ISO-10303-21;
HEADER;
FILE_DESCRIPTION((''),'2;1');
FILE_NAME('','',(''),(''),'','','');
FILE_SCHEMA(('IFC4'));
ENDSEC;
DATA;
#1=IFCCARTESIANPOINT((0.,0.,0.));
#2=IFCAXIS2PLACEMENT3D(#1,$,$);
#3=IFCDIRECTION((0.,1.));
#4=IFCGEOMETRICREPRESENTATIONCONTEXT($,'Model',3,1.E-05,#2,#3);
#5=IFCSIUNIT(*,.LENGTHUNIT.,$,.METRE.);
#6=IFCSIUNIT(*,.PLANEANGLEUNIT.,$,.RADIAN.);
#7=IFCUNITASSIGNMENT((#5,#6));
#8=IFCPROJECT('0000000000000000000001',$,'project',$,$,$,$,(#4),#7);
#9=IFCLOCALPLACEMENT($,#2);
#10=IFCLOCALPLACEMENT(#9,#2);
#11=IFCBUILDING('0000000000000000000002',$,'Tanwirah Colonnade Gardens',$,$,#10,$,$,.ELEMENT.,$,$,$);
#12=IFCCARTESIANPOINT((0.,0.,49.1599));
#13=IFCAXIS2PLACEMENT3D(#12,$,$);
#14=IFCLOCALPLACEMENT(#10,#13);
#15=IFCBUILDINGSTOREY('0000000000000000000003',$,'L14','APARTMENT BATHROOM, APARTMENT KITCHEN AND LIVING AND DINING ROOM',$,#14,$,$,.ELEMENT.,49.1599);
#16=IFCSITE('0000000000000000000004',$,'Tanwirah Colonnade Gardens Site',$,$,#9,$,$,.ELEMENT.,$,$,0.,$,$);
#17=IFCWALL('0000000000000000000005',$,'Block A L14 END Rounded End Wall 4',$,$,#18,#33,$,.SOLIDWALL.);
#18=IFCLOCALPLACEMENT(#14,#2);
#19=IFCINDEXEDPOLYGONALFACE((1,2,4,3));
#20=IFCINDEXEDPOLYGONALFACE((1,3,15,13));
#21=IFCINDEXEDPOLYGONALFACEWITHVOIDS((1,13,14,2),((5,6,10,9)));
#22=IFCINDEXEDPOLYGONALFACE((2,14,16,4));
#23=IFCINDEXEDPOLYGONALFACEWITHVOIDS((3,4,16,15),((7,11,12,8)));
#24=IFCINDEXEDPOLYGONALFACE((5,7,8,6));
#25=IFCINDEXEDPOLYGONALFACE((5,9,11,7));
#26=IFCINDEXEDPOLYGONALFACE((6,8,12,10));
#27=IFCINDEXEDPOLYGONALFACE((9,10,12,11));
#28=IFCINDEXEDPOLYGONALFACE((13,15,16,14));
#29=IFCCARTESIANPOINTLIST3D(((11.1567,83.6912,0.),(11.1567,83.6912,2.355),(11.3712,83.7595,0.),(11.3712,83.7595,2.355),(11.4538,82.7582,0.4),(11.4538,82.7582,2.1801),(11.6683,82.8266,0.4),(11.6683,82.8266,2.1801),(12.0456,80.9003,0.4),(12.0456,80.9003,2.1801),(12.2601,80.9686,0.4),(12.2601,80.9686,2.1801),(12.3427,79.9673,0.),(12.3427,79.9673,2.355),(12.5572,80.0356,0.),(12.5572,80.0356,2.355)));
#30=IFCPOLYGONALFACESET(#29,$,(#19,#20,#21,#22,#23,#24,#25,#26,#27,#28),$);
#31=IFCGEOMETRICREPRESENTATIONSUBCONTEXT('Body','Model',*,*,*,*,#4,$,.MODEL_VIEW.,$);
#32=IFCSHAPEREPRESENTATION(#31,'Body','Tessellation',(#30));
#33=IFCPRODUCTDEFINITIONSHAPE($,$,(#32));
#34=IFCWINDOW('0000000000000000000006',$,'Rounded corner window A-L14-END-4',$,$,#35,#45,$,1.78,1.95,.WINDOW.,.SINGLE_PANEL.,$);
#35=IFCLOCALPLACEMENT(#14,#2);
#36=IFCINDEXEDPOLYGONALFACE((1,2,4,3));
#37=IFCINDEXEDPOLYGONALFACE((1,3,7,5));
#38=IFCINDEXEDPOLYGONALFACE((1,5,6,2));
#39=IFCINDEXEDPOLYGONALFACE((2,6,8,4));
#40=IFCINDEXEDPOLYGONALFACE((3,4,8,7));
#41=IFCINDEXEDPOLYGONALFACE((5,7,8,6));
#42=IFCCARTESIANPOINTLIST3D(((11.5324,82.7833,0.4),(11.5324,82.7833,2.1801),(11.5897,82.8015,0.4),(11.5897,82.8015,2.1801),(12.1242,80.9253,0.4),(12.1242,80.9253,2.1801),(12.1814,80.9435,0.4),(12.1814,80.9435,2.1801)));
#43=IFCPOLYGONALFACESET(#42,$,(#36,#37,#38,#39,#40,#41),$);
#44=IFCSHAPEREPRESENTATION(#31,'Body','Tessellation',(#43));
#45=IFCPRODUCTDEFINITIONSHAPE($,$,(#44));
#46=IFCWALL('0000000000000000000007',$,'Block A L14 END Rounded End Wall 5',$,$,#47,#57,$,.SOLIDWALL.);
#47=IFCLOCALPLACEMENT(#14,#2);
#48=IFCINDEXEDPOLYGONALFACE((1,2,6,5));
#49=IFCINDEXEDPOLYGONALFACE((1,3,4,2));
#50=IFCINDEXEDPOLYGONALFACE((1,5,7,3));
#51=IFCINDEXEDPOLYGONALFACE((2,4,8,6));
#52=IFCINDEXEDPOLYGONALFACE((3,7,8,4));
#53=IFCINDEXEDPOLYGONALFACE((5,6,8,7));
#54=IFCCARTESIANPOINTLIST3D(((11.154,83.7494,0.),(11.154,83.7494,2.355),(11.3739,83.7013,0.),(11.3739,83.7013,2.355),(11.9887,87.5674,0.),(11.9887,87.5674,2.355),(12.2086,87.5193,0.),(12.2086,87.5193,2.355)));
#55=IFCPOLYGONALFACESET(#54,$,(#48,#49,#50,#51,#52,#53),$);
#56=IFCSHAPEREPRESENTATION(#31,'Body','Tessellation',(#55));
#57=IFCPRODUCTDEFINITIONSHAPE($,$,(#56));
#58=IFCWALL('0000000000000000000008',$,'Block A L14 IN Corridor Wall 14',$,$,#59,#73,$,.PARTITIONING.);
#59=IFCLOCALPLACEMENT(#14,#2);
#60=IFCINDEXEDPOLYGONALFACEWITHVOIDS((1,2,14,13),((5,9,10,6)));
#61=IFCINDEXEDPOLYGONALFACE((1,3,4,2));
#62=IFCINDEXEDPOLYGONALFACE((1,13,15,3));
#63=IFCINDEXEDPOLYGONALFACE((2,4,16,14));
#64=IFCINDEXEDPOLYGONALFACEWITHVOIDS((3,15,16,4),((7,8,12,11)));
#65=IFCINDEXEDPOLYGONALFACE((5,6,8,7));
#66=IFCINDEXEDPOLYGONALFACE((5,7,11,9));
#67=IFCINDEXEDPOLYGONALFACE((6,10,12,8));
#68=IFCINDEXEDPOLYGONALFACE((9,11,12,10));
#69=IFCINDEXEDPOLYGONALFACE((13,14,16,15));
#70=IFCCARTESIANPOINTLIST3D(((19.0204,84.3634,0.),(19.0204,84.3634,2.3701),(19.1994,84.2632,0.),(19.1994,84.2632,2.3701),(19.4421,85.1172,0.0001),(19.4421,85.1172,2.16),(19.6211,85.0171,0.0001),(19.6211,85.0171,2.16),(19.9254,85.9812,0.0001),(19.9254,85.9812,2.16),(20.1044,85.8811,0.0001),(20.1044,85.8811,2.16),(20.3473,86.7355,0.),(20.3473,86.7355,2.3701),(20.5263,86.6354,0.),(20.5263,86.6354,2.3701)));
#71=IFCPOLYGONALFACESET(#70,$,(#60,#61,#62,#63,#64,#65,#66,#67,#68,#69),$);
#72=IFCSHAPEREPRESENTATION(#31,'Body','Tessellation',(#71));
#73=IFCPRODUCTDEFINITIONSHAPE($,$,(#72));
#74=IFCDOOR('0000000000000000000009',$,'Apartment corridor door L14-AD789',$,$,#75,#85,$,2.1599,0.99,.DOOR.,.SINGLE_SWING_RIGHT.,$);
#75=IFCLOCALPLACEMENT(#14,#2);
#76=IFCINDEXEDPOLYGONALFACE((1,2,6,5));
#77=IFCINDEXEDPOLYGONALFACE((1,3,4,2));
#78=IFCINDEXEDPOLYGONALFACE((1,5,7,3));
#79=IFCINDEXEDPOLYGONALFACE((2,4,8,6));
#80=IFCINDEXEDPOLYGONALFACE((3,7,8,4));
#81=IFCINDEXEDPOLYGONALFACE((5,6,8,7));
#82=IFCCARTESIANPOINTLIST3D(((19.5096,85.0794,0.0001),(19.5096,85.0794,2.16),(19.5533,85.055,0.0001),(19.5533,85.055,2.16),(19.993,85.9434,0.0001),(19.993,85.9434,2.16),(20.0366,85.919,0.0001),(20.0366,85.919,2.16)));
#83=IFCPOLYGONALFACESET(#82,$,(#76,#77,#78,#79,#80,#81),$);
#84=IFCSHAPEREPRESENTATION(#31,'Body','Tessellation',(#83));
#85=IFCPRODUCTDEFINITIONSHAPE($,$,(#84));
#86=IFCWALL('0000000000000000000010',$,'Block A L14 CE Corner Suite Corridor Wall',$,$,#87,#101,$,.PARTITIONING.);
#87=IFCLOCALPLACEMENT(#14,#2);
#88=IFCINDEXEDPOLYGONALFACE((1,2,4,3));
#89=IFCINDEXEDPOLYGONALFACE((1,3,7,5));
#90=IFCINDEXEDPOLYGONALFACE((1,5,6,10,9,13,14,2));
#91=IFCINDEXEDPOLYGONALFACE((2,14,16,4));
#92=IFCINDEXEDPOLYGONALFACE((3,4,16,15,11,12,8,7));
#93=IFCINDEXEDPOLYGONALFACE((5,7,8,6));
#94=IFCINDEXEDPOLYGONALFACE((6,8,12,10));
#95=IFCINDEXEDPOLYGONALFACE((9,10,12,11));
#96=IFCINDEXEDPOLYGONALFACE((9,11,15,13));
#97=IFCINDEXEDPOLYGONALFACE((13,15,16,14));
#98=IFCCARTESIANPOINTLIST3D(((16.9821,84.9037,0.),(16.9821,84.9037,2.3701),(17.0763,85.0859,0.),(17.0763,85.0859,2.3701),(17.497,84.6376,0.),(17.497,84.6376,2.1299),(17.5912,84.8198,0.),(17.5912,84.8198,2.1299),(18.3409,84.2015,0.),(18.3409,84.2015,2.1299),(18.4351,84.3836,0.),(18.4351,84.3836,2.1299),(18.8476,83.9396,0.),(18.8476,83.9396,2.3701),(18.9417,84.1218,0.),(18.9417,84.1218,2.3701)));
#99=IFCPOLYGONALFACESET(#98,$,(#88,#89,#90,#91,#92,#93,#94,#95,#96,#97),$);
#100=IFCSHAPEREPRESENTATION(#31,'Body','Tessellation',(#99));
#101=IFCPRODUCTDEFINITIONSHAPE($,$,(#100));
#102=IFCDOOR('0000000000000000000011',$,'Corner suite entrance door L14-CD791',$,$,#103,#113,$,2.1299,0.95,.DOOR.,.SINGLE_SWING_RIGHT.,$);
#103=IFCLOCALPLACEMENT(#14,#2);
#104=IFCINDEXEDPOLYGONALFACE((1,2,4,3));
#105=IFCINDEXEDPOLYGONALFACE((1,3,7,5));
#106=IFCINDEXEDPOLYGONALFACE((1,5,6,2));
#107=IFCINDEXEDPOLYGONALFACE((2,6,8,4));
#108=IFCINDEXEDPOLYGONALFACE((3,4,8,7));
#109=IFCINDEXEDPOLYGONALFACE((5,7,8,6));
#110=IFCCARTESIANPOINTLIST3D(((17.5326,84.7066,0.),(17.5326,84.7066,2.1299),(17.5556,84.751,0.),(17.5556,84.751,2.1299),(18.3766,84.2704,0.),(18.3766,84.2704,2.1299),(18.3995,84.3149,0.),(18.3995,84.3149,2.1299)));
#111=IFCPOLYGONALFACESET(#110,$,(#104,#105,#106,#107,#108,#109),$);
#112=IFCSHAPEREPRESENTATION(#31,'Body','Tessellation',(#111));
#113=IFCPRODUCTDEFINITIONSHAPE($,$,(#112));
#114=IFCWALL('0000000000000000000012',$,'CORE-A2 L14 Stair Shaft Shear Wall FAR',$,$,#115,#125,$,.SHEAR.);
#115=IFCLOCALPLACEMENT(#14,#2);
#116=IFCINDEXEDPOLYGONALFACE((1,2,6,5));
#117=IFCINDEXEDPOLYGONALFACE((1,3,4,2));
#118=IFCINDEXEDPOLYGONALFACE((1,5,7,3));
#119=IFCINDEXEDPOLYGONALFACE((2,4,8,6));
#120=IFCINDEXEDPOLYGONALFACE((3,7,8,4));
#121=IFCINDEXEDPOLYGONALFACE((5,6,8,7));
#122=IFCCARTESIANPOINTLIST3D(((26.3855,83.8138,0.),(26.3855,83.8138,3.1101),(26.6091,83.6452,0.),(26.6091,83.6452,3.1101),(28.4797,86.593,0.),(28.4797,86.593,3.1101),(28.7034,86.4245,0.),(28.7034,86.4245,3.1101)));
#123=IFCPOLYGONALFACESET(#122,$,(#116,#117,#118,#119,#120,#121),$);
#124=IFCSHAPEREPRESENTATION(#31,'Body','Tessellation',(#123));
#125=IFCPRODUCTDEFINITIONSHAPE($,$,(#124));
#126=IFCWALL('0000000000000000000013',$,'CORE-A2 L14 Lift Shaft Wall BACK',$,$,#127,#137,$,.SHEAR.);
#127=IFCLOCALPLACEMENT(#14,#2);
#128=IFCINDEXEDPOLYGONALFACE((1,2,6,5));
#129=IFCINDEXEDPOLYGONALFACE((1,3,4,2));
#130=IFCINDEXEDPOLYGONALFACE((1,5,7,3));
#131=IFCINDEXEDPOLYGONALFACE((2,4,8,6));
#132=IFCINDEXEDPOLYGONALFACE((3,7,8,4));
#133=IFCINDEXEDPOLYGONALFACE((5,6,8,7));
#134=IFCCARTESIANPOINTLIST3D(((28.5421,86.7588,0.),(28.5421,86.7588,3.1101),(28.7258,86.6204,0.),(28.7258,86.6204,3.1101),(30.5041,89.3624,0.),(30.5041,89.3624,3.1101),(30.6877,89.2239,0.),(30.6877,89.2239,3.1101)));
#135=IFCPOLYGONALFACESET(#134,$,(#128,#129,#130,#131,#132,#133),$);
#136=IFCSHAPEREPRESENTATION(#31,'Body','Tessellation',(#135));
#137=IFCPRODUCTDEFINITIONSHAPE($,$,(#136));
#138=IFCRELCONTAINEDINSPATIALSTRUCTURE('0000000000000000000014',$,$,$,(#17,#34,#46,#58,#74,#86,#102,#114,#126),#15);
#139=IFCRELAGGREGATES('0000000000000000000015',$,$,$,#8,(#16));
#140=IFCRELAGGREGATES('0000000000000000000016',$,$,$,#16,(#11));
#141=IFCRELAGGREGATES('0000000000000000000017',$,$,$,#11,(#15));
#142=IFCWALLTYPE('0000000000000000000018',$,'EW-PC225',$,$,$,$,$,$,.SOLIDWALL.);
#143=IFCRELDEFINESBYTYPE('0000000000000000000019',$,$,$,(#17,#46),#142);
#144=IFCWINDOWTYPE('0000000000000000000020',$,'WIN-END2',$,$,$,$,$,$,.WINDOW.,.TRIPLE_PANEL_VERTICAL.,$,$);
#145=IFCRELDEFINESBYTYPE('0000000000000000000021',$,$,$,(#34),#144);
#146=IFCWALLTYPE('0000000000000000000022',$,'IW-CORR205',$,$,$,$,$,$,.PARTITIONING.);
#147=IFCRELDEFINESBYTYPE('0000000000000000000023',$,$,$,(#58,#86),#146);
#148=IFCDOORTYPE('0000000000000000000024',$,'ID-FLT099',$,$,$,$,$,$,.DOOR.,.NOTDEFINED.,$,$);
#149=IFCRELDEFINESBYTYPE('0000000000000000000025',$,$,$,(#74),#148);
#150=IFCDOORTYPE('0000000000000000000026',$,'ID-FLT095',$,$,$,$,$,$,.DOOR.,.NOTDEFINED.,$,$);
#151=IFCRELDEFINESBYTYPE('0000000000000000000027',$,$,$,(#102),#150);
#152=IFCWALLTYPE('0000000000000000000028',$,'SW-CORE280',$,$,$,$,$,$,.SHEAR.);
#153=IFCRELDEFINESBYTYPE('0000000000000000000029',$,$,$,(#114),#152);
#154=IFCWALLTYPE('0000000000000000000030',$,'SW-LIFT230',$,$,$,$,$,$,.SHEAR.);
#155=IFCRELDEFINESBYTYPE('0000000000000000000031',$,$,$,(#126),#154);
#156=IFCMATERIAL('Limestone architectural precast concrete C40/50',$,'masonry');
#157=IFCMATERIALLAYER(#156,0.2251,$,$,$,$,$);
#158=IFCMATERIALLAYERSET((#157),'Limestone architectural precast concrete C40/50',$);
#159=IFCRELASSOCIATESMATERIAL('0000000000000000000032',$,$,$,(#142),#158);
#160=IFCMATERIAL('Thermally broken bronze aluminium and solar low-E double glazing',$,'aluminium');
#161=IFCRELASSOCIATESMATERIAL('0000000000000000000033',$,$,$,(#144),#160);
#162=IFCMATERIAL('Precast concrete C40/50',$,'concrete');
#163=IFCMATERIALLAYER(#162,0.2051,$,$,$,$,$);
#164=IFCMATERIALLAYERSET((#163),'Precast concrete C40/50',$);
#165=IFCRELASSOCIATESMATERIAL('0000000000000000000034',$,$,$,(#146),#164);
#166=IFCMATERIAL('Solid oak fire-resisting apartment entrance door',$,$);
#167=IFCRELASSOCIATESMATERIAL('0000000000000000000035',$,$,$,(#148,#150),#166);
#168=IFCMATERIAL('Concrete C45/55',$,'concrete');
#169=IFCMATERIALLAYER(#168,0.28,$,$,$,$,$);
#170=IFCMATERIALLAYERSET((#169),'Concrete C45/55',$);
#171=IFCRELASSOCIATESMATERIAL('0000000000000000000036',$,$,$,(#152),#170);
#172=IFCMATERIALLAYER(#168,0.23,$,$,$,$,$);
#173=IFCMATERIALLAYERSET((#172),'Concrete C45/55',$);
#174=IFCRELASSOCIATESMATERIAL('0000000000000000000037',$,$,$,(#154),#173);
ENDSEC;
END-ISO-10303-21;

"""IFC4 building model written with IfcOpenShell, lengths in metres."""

from ifc_helpers import new_model, si_unit, direction, frame, frame_2d, origin, place, context, subcontext, project, spatial, rectangle, extrude, material, layer, layer_set, type_object, element, fill, save


model = new_model("IFC4")

# Units and contexts
model_context = context("Model", 3, precision=1e-05, world=origin(), true_north=direction((0.0, 1.0)))
body_context = subcontext(model_context, "Body", "Model", "MODEL_VIEW")
ifc_project = project(units=[si_unit("LENGTHUNIT", "METRE"), si_unit("PLANEANGLEUNIT", "RADIAN")], contexts=[model_context])

# Site, building, storey
site_placement = place(None, origin())
site = spatial("IfcSite", under=ifc_project, at=site_placement, Name="Tanwirah Colonnade Gardens Site", CompositionType="ELEMENT", RefElevation=0.0)
building_placement = place(site_placement, origin())
building = spatial("IfcBuilding", under=site, at=building_placement, Name="Tanwirah Colonnade Gardens", CompositionType="ELEMENT")
storey_placement = place(building_placement, frame((0.0, 0.0, 49.1599)))
storey = spatial("IfcBuildingStorey", under=building, at=storey_placement, Name="L14", Description="APARTMENT BATHROOM, APARTMENT KITCHEN AND LIVING AND DINING ROOM", CompositionType="ELEMENT", Elevation=49.1599)

# Shared definitions
ifc_material_1 = material(Name="Precast concrete C40/50", Category="concrete")

# Shared definitions
ifc_material_2 = material(Name="Limestone architectural precast concrete C40/50", Category="masonry")
ifc_layer_1 = layer(ifc_material_2, 0.2251)
ifc_layer_set_1 = layer_set([ifc_layer_1], Name="Limestone architectural precast concrete C40/50")
wall_type_1 = type_object("IfcWallType", Name="EW-PC225", PredefinedType="SOLIDWALL", material=ifc_layer_set_1)
ifc_material_3 = material(Name="Thermally broken bronze aluminium and solar low-E double glazing", Category="aluminium")
window_type = type_object("IfcWindowType", Name="WIN-END2", PartitioningType="TRIPLE_PANEL_VERTICAL", PredefinedType="WINDOW", material=ifc_material_3)

# Wall, opening, window
wall_1_placement = place(storey_placement, frame((12.45, 80.0015, 0.0), z_axis=(0.0, 0.0, 1.0), x_axis=(-0.303474, 0.95284, 0.0)))
wall_1 = element("IfcWall", 1, at=wall_1_placement, inside=storey, type_object=wall_type_1, Name="Block A L14 END Rounded End Wall 4", PredefinedType="SOLIDWALL", context=body_context, shape_type="SweptSolid", body=[
    extrude(rectangle(XDim=3.9082, YDim=0.2251, at=frame_2d((1.9541, 0.0))), origin(), (0.0, 0.0, 1.0), 2.355),
])
opening_1_placement = place(wall_1_placement, frame((0.979, 0.0, 0.3999)))
opening_1 = element("IfcOpeningElement", 2, at=opening_1_placement, cuts=wall_1, PredefinedType="OPENING", context=body_context, shape_type="SweptSolid", body=[
    extrude(rectangle(XDim=1.95, YDim=1.78, at=frame_2d((0.9751, 0.8901))), frame((0.0, 0.1226, 0.0), z_axis=(0.0, -1.0, 0.0), x_axis=(1.0, 0.0, 0.0)), (0.0, 0.0, 1.0), 0.2451),
])
window_1_placement = place(opening_1_placement, origin())
window_1 = element("IfcWindow", 3, at=window_1_placement, inside=storey, type_object=window_type, Name="Rounded corner window A-L14-END-4", OverallHeight=1.78, OverallWidth=1.95, PartitioningType="SINGLE_PANEL", PredefinedType="WINDOW", context=body_context, shape_type="SweptSolid", body=[
    extrude(rectangle(XDim=1.95, YDim=1.78, at=frame_2d((0.9751, 0.8901))), frame((0.0, 0.03, 0.0), z_axis=(0.0, -1.0, 0.0), x_axis=(1.0, 0.0, 0.0)), (0.0, 0.0, 1.0), 0.0601),
])
fill(opening_1, window_1)

# Wall
wall_2_placement = place(storey_placement, frame((11.2639, 83.7253, 0.0), z_axis=(0.0, 0.0, 1.0), x_axis=(0.213576, 0.976926, 0.0)))
element("IfcWall", 4, at=wall_2_placement, inside=storey, type_object=wall_type_1, Name="Block A L14 END Rounded End Wall 5", PredefinedType="SOLIDWALL", context=body_context, shape_type="SweptSolid", body=[
    extrude(rectangle(XDim=3.9082, YDim=0.2251, at=frame_2d((1.9541, 0.0))), origin(), (0.0, 0.0, 1.0), 2.355),
])

# Walls, openings, doors
ifc_layer_2 = layer(ifc_material_1, 0.2051)
ifc_layer_set_2 = layer_set([ifc_layer_2], Name="Precast concrete C40/50")
wall_type_2 = type_object("IfcWallType", Name="IW-CORR205", PredefinedType="PARTITIONING", material=ifc_layer_set_2)
wall_3_placement = place(storey_placement, frame((20.4368, 86.6853, 0.0), z_axis=(0.0, 0.0, 1.0), x_axis=(-0.488196, -0.872734, 0.0)))
wall_3 = element("IfcWall", 5, at=wall_3_placement, inside=storey, type_object=wall_type_2, Name="Block A L14 IN Corridor Wall 14", PredefinedType="PARTITIONING", context=body_context, shape_type="SweptSolid", body=[
    extrude(rectangle(XDim=2.718, YDim=0.2051, at=frame_2d((1.3589, 0.0))), origin(), (0.0, 0.0, 1.0), 2.3701),
])
opening_2_placement = place(wall_3_placement, frame((0.864, 0.0, 0.0)))
opening_2 = element("IfcOpeningElement", 6, at=opening_2_placement, cuts=wall_3, PredefinedType="OPENING", context=body_context, shape_type="SweptSolid", body=[
    extrude(rectangle(XDim=0.99, YDim=2.1599, at=frame_2d((0.4951, 1.0801))), frame((0.0, 0.1125, 0.0), z_axis=(0.0, -1.0, 0.0), x_axis=(1.0, 0.0, 0.0)), (0.0, 0.0, 1.0), 0.2251),
])
ifc_material_4 = material(Name="Solid oak fire-resisting apartment entrance door")
door_type_1 = type_object("IfcDoorType", Name="ID-FLT099", OperationType="NOTDEFINED", PredefinedType="DOOR", material=ifc_material_4)
door_1_placement = place(opening_2_placement, origin())
door_1 = element("IfcDoor", 7, at=door_1_placement, inside=storey, type_object=door_type_1, Name="Apartment corridor door L14-AD789", OperationType="SINGLE_SWING_RIGHT", OverallHeight=2.1599, OverallWidth=0.99, PredefinedType="DOOR", context=body_context, shape_type="SweptSolid", body=[
    extrude(rectangle(XDim=0.99, YDim=2.1599, at=frame_2d((0.4951, 1.0801))), frame((0.0, 0.0249, 0.0), z_axis=(0.0, -1.0, 0.0), x_axis=(1.0, 0.0, 0.0)), (0.0, 0.0, 1.0), 0.05),
])
fill(opening_2, door_1)
wall_4_placement = place(storey_placement, frame((18.8945, 84.0308, 0.0), z_axis=(0.0, 0.0, 1.0), x_axis=(-0.888371, 0.459126, 0.0)))
wall_4 = element("IfcWall", 8, at=wall_4_placement, inside=storey, type_object=wall_type_2, Name="Block A L14 CE Corner Suite Corridor Wall", PredefinedType="PARTITIONING", context=body_context, shape_type="SweptSolid", body=[
    extrude(rectangle(XDim=2.0999, YDim=0.2051, at=frame_2d((1.0498, 0.0))), origin(), (0.0, 0.0, 1.0), 2.3701),
])
opening_3_placement = place(wall_4_placement, frame((0.5701, 0.0, 0.0)))
opening_3 = element("IfcOpeningElement", 9, at=opening_3_placement, cuts=wall_4, PredefinedType="OPENING", context=body_context, shape_type="SweptSolid", body=[
    extrude(rectangle(XDim=0.95, YDim=2.1299, at=frame_2d((0.4751, 1.0649))), frame((0.0, 0.1125, 0.0), z_axis=(0.0, -1.0, 0.0), x_axis=(1.0, 0.0, 0.0)), (0.0, 0.0, 1.0), 0.2251),
])
door_type_2 = type_object("IfcDoorType", Name="ID-FLT095", OperationType="NOTDEFINED", PredefinedType="DOOR", material=ifc_material_4)
door_2_placement = place(opening_3_placement, origin())
door_2 = element("IfcDoor", 10, at=door_2_placement, inside=storey, type_object=door_type_2, Name="Corner suite entrance door L14-CD791", OperationType="SINGLE_SWING_RIGHT", OverallHeight=2.1299, OverallWidth=0.95, PredefinedType="DOOR", context=body_context, shape_type="SweptSolid", body=[
    extrude(rectangle(XDim=0.95, YDim=2.1299, at=frame_2d((0.4751, 1.0649))), frame((0.0, 0.0249, 0.0), z_axis=(0.0, -1.0, 0.0), x_axis=(1.0, 0.0, 0.0)), (0.0, 0.0, 1.0), 0.05),
])
fill(opening_3, door_2)

# Walls
ifc_material_5 = material(Name="Concrete C45/55", Category="concrete")
ifc_layer_3 = layer(ifc_material_5, 0.28)
ifc_layer_set_3 = layer_set([ifc_layer_3], Name="Concrete C45/55")
wall_type_3 = type_object("IfcWallType", Name="SW-CORE280", PredefinedType="SHEAR", material=ifc_layer_set_3)
wall_5_placement = place(storey_placement, frame((26.4973, 83.7295, 0.0), z_axis=(0.0, 0.0, 1.0), x_axis=(0.601794, 0.798651, 0.0)))
element("IfcWall", 11, at=wall_5_placement, inside=storey, type_object=wall_type_3, Name="CORE-A2 L14 Stair Shaft Shear Wall FAR", PredefinedType="SHEAR", context=body_context, shape_type="SweptSolid", body=[
    extrude(rectangle(XDim=3.48, YDim=0.28, at=frame_2d((1.74, 0.0))), origin(), (0.0, 0.0, 1.0), 3.1101),
])
ifc_layer_4 = layer(ifc_material_5, 0.23)
ifc_layer_set_4 = layer_set([ifc_layer_4], Name="Concrete C45/55")
wall_type_4 = type_object("IfcWallType", Name="SW-LIFT230", PredefinedType="SHEAR", material=ifc_layer_set_4)
wall_6_placement = place(storey_placement, frame((28.634, 86.6897, 0.0), z_axis=(0.0, 0.0, 1.0), x_axis=(0.60182, 0.798632, 0.0)))
element("IfcWall", 12, at=wall_6_placement, inside=storey, type_object=wall_type_4, Name="CORE-A2 L14 Lift Shaft Wall BACK", PredefinedType="SHEAR", context=body_context, shape_type="SweptSolid", body=[
    extrude(rectangle(XDim=3.26, YDim=0.23, at=frame_2d((1.6299, 0.0))), origin(), (0.0, 0.0, 1.0), 3.1101),
])

save(model, "model.ifc")
